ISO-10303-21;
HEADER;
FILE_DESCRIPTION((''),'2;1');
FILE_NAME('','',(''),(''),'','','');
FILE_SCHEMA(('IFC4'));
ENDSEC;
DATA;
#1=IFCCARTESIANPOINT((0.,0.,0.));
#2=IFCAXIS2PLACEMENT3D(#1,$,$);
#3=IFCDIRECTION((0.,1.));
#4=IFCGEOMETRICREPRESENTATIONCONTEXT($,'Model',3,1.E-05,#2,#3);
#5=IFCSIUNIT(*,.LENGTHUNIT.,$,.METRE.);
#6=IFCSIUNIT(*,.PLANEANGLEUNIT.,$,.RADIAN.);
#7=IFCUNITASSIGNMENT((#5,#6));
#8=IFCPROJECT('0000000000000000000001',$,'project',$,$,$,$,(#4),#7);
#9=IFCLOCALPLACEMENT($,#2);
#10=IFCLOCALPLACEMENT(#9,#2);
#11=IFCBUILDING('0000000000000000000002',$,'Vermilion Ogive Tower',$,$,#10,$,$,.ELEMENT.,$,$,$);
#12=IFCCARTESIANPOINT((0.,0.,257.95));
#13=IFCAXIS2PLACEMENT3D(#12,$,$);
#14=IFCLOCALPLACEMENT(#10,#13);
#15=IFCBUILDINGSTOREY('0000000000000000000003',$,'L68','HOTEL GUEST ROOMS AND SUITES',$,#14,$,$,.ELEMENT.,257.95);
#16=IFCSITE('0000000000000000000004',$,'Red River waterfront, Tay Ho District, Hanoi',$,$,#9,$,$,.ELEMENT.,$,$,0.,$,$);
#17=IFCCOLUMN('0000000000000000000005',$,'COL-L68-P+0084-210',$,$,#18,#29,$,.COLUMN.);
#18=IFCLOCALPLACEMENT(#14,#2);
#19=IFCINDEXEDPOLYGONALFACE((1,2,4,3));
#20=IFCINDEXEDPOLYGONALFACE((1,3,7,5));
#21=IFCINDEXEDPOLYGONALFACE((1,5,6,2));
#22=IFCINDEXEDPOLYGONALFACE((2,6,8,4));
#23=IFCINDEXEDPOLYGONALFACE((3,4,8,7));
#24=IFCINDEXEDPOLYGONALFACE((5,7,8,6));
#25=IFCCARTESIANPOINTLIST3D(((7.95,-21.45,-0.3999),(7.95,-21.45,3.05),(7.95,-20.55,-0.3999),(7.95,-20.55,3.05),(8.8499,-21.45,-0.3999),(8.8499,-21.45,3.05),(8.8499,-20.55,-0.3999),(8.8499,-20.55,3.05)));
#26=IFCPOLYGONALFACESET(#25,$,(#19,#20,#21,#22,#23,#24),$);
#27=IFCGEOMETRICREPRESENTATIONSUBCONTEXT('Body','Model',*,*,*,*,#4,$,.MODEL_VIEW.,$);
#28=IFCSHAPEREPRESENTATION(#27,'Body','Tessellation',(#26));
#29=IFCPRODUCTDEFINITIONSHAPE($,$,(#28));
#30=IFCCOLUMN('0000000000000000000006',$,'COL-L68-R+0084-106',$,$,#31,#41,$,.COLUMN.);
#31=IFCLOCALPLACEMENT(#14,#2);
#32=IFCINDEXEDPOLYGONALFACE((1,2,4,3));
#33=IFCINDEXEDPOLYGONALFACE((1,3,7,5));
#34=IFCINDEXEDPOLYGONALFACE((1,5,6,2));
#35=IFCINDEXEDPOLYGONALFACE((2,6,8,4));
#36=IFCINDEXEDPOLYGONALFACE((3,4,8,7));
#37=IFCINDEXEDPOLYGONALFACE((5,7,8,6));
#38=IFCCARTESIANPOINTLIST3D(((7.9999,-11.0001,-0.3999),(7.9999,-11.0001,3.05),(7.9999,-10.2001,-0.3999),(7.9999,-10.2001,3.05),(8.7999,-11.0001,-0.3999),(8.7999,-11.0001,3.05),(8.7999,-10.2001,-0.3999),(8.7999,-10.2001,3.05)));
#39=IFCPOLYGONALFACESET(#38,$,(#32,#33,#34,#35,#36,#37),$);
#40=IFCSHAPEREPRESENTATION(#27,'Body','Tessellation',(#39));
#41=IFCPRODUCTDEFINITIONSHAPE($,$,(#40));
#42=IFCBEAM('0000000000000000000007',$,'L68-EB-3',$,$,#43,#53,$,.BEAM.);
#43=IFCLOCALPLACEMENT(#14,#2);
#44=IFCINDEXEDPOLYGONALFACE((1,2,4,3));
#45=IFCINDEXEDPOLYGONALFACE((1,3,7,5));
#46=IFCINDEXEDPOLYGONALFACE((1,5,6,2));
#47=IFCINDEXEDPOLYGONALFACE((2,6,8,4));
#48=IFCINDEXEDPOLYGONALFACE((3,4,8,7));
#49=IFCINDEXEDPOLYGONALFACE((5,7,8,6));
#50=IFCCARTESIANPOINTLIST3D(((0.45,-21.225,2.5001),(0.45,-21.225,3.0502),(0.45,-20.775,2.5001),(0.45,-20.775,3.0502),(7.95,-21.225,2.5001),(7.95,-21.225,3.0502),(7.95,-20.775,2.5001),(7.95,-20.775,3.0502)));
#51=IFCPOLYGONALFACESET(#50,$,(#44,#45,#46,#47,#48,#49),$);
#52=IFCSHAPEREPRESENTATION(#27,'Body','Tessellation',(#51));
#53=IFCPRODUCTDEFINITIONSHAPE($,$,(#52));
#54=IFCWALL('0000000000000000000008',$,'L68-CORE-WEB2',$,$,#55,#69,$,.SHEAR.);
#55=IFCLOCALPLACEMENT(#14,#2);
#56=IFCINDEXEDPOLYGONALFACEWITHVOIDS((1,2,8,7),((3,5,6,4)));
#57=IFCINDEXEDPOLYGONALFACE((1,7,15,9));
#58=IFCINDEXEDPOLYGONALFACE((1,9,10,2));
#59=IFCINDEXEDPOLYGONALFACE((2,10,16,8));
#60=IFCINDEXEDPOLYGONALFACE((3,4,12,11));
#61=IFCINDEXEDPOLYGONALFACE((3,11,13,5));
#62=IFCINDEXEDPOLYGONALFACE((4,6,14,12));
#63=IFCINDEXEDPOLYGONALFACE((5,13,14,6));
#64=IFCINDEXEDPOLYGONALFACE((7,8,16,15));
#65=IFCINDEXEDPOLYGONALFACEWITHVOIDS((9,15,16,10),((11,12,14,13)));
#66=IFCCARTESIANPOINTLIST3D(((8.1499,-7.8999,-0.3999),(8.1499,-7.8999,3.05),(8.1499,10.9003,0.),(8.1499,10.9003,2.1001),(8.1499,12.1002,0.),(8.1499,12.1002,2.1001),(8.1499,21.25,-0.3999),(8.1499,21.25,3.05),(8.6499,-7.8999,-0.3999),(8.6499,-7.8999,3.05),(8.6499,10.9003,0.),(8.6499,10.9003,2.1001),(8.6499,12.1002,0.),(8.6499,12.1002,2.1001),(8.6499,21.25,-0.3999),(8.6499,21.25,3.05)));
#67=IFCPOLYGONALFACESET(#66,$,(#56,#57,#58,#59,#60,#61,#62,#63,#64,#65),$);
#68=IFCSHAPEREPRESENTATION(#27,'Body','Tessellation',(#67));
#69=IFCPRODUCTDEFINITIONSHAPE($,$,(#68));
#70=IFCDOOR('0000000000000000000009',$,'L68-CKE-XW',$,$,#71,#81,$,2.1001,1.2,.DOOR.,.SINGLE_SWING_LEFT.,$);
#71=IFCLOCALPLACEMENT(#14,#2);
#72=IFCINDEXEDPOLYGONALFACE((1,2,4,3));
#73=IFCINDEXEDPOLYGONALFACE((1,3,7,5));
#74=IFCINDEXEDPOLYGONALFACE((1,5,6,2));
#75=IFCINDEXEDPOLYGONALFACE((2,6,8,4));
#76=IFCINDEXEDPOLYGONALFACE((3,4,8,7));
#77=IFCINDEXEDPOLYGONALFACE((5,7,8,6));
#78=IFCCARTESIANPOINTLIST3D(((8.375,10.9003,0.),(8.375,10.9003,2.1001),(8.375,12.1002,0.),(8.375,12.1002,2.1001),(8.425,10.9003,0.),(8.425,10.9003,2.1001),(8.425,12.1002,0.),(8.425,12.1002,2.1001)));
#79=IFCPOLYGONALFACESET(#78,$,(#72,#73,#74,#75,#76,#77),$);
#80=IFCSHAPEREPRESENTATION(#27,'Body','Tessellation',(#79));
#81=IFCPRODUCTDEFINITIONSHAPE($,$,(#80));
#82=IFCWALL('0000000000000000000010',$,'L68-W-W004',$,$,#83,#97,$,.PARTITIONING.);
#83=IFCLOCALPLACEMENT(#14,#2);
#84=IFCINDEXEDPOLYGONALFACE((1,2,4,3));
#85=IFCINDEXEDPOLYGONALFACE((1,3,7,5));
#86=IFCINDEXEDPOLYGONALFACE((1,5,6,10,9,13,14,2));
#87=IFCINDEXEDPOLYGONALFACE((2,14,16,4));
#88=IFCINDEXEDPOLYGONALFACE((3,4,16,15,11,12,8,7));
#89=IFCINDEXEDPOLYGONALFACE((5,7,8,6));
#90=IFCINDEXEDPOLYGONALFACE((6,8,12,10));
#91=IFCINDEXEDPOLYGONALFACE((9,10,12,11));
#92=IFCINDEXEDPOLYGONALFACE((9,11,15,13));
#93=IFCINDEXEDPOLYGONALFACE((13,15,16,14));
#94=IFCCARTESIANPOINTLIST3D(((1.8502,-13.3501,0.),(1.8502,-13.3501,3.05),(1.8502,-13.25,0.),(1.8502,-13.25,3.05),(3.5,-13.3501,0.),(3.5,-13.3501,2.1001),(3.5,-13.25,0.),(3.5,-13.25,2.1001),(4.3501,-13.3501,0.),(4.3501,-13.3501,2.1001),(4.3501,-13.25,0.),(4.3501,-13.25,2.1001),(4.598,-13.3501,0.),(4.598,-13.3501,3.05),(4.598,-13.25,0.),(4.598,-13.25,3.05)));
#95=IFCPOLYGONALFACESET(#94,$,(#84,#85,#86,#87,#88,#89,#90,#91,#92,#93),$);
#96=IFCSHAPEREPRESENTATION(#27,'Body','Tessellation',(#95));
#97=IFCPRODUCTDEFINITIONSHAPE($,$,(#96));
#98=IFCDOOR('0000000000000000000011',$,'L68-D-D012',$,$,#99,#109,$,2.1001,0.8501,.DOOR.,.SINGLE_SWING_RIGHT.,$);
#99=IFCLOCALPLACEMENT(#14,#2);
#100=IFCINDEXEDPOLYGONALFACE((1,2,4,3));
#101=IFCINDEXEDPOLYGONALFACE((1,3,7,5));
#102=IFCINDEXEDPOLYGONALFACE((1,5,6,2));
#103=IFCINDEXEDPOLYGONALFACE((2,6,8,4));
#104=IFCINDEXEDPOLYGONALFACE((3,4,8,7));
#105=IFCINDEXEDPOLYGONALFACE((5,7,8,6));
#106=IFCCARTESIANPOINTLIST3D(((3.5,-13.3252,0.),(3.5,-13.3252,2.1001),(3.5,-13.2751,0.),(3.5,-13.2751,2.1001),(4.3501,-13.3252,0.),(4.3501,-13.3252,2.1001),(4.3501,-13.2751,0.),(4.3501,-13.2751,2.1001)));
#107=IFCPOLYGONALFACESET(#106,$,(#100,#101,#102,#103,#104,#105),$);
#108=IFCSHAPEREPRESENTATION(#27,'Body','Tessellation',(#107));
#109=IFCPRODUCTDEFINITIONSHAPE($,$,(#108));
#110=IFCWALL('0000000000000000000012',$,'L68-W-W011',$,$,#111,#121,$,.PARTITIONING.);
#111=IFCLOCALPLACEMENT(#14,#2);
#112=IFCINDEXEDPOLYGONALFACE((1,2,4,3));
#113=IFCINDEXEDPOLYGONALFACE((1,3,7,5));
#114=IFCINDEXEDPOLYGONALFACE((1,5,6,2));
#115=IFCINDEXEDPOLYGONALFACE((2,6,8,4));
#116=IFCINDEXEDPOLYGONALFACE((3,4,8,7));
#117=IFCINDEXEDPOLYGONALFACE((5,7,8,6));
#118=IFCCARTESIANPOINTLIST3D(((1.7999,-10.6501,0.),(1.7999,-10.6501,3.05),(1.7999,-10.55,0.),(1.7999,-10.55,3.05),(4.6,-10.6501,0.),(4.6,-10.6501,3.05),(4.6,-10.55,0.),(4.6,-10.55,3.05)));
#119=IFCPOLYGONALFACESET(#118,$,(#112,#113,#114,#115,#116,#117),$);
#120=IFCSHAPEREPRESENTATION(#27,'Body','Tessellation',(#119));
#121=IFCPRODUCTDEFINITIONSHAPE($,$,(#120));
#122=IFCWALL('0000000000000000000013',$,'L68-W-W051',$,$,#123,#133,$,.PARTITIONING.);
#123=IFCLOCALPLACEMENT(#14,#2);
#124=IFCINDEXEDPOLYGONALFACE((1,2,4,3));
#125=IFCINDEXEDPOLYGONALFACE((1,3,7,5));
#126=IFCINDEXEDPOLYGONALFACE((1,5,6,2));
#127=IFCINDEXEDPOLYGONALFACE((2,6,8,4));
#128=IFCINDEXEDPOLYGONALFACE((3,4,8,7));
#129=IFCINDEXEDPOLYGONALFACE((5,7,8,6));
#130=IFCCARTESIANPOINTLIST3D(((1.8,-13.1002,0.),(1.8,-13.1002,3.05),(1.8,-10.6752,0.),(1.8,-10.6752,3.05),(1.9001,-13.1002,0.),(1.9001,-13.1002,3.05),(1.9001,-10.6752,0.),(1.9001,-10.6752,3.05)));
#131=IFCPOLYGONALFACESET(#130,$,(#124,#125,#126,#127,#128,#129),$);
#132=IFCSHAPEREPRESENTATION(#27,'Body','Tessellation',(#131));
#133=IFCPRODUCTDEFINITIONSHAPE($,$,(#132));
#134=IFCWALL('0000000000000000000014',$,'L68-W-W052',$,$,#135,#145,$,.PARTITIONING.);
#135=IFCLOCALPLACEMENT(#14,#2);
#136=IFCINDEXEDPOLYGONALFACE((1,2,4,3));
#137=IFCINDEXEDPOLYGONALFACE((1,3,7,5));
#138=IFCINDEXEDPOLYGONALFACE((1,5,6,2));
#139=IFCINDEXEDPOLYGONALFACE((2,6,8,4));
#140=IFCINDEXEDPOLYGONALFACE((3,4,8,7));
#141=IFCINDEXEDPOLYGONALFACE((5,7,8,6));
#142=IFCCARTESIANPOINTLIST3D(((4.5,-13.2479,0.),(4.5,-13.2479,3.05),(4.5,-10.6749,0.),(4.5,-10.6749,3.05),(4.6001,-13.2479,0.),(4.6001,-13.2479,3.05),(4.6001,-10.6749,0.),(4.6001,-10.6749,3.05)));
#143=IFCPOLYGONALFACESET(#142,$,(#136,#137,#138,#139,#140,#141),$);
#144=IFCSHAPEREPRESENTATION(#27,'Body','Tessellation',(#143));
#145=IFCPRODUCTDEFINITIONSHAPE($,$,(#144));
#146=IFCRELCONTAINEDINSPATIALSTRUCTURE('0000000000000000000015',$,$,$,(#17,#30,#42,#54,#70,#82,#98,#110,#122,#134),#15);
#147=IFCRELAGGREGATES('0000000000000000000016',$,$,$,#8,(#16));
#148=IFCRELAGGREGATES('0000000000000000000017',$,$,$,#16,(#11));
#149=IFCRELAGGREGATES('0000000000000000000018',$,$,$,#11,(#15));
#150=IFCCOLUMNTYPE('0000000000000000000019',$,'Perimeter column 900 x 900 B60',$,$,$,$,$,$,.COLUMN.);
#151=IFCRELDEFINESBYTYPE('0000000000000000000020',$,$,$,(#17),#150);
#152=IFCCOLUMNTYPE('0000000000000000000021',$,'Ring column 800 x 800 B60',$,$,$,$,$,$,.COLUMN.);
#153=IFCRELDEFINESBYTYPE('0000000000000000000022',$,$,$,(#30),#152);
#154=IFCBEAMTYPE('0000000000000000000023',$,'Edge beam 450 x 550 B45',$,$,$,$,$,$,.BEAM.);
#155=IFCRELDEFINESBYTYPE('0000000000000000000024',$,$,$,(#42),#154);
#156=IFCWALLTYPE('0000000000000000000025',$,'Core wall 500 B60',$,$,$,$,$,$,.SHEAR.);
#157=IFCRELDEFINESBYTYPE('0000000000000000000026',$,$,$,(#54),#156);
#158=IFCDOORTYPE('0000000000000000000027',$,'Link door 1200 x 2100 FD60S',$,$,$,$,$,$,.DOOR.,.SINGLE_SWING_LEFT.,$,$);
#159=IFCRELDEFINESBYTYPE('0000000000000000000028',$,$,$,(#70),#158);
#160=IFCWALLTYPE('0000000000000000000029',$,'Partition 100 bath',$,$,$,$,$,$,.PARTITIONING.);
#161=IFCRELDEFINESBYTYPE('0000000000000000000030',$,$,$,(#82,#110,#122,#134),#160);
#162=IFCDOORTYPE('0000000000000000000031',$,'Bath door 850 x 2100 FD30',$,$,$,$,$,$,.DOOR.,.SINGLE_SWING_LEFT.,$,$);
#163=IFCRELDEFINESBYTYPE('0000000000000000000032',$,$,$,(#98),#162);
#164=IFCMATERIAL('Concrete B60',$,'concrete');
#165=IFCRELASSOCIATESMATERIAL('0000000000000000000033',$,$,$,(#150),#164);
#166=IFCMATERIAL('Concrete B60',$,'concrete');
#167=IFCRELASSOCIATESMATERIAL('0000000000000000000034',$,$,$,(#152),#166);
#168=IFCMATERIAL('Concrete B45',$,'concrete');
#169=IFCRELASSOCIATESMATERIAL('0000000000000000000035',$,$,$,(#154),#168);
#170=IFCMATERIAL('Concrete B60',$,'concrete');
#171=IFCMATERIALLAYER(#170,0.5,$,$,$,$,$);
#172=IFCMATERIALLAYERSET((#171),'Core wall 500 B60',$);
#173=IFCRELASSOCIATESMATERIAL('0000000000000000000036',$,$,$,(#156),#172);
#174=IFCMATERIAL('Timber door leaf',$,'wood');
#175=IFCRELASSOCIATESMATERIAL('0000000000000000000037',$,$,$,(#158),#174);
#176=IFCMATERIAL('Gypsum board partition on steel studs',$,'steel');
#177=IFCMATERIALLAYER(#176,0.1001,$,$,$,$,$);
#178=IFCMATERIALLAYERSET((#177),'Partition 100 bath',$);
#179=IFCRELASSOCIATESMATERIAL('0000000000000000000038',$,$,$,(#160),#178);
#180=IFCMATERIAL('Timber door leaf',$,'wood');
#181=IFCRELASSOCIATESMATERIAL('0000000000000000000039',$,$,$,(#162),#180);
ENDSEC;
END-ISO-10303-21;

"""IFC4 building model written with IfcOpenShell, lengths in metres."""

from ifc_helpers import new_model, si_unit, direction, frame, frame_2d, origin, origin_2d, place, context, subcontext, project, spatial, rectangle, extrude, material, layer, layer_set, material_profile, profile_set, type_object, element, fill, save


model = new_model("IFC4")

# Units and contexts
model_context = context("Model", 3, precision=1e-05, world=origin(), true_north=direction((0.0, 1.0)))
body_context = subcontext(model_context, "Body", "Model", "MODEL_VIEW")
ifc_project = project(units=[si_unit("LENGTHUNIT", "METRE"), si_unit("PLANEANGLEUNIT", "RADIAN")], contexts=[model_context])

# Site, building, storey
site_placement = place(None, origin())
site = spatial("IfcSite", under=ifc_project, at=site_placement, Name="Red River waterfront, Tay Ho District, Hanoi", CompositionType="ELEMENT", RefElevation=0.0)
building_placement = place(site_placement, origin())
building = spatial("IfcBuilding", under=site, at=building_placement, Name="Vermilion Ogive Tower", CompositionType="ELEMENT")
storey_placement = place(building_placement, frame((0.0, 0.0, 257.95)))
storey = spatial("IfcBuildingStorey", under=building, at=storey_placement, Name="L68", Description="HOTEL GUEST ROOMS AND SUITES", CompositionType="ELEMENT", Elevation=257.95)

# Columns
ifc_material_1 = material(Name="Concrete B60", Category="concrete")
ifc_material_profile_1 = material_profile(ifc_material_1, rectangle(XDim=0.8999, YDim=0.8999, at=origin_2d()), Name="900 x 900")
ifc_profile_set_1 = profile_set([ifc_material_profile_1], Name="Concrete B60")
column_type_1 = type_object("IfcColumnType", Name="Perimeter column 900 x 900 B60", PredefinedType="COLUMN", material=ifc_profile_set_1)
column_1_placement = place(storey_placement, frame((8.3999, -21.0, -0.3999), z_axis=(0.0, 0.0, 1.0), x_axis=(1.0, 0.0, 0.0)))
element("IfcColumn", 1, at=column_1_placement, inside=storey, type_object=column_type_1, Name="COL-L68-P+0084-210", PredefinedType="COLUMN", context=body_context, shape_type="SweptSolid", body=[
    extrude(rectangle(XDim=0.8999, YDim=0.8999, at=origin_2d()), origin(), (0.0, 0.0, 1.0), 3.45),
])
ifc_material_2 = material(Name="Concrete B60", Category="concrete")
ifc_material_profile_2 = material_profile(ifc_material_2, rectangle(XDim=0.8, YDim=0.8, at=origin_2d()), Name="800 x 800")
ifc_profile_set_2 = profile_set([ifc_material_profile_2], Name="Concrete B60")
column_type_2 = type_object("IfcColumnType", Name="Ring column 800 x 800 B60", PredefinedType="COLUMN", material=ifc_profile_set_2)
column_2_placement = place(storey_placement, frame((8.3999, -10.6001, -0.3999), z_axis=(0.0, 0.0, 1.0), x_axis=(1.0, 0.0, 0.0)))
element("IfcColumn", 2, at=column_2_placement, inside=storey, type_object=column_type_2, Name="COL-L68-R+0084-106", PredefinedType="COLUMN", context=body_context, shape_type="SweptSolid", body=[
    extrude(rectangle(XDim=0.8, YDim=0.8, at=origin_2d()), origin(), (0.0, 0.0, 1.0), 3.45),
])

# Beam
ifc_material_3 = material(Name="Concrete B45", Category="concrete")
ifc_material_profile_3 = material_profile(ifc_material_3, rectangle(XDim=0.45, YDim=0.55, at=origin_2d()), Name="450 x 550")
ifc_profile_set_3 = profile_set([ifc_material_profile_3], Name="Concrete B45")
beam_type = type_object("IfcBeamType", Name="Edge beam 450 x 550 B45", PredefinedType="BEAM", material=ifc_profile_set_3)
beam_placement = place(storey_placement, frame((0.45, -21.0, 2.7751), z_axis=(1.0, 0.0, 0.0), x_axis=(0.0, 1.0, 0.0)))
element("IfcBeam", 3, at=beam_placement, inside=storey, type_object=beam_type, Name="L68-EB-3", PredefinedType="BEAM", context=body_context, shape_type="SweptSolid", body=[
    extrude(rectangle(XDim=0.45, YDim=0.55, at=origin_2d()), origin(), (0.0, 0.0, 1.0), 7.5),
])

# Walls, openings, doors
ifc_material_4 = material(Name="Concrete B60", Category="concrete")
ifc_layer_1 = layer(ifc_material_4, 0.5)
ifc_layer_set_1 = layer_set([ifc_layer_1], Name="Core wall 500 B60")
wall_type_1 = type_object("IfcWallType", Name="Core wall 500 B60", PredefinedType="SHEAR", material=ifc_layer_set_1)
wall_1_placement = place(storey_placement, frame((8.3999, -7.8999, -0.3999), z_axis=(0.0, 0.0, 1.0), x_axis=(0.0, 1.0, 0.0)))
wall_1 = element("IfcWall", 4, at=wall_1_placement, inside=storey, type_object=wall_type_1, Name="L68-CORE-WEB2", PredefinedType="SHEAR", context=body_context, shape_type="SweptSolid", body=[
    extrude(rectangle(XDim=29.1499, YDim=0.5, at=frame_2d((14.575, 0.0))), origin(), (0.0, 0.0, 1.0), 3.45),
])
opening_1_placement = place(wall_1_placement, frame((18.8, 0.0, 0.3999)))
opening_1 = element("IfcOpeningElement", 5, at=opening_1_placement, cuts=wall_1, PredefinedType="OPENING", context=body_context, shape_type="SweptSolid", body=[
    extrude(rectangle(XDim=1.2, YDim=2.1001, at=frame_2d((0.6001, 1.05))), frame((0.0, 0.26, 0.0), z_axis=(0.0, -1.0, 0.0), x_axis=(1.0, 0.0, 0.0)), (0.0, 0.0, 1.0), 0.52),
])
ifc_material_5 = material(Name="Timber door leaf", Category="wood")
door_type_1 = type_object("IfcDoorType", Name="Link door 1200 x 2100 FD60S", OperationType="SINGLE_SWING_LEFT", PredefinedType="DOOR", material=ifc_material_5)
door_1_placement = place(opening_1_placement, origin())
door_1 = element("IfcDoor", 6, at=door_1_placement, inside=storey, type_object=door_type_1, Name="L68-CKE-XW", OperationType="SINGLE_SWING_LEFT", OverallHeight=2.1001, OverallWidth=1.2, PredefinedType="DOOR", context=body_context, shape_type="SweptSolid", body=[
    extrude(rectangle(XDim=1.2, YDim=2.1001, at=frame_2d((0.6001, 1.05))), frame((0.0, 0.0249, 0.0), z_axis=(0.0, -1.0, 0.0), x_axis=(1.0, 0.0, 0.0)), (0.0, 0.0, 1.0), 0.05),
])
fill(opening_1, door_1)
ifc_material_6 = material(Name="Gypsum board partition on steel studs", Category="steel")
ifc_layer_2 = layer(ifc_material_6, 0.1001)
ifc_layer_set_2 = layer_set([ifc_layer_2], Name="Partition 100 bath")
wall_type_2 = type_object("IfcWallType", Name="Partition 100 bath", PredefinedType="PARTITIONING", material=ifc_layer_set_2)
wall_2_placement = place(storey_placement, frame((1.8501, -13.3, 0.0), z_axis=(0.0, 0.0, 1.0), x_axis=(1.0, 0.0, 0.0)))
wall_2 = element("IfcWall", 7, at=wall_2_placement, inside=storey, type_object=wall_type_2, Name="L68-W-W004", PredefinedType="PARTITIONING", context=body_context, shape_type="SweptSolid", body=[
    extrude(rectangle(XDim=2.7478, YDim=0.1001, at=frame_2d((1.374, 0.0))), origin(), (0.0, 0.0, 1.0), 3.05),
])
opening_2_placement = place(wall_2_placement, frame((1.6499, 0.0, 0.0)))
opening_2 = element("IfcOpeningElement", 8, at=opening_2_placement, cuts=wall_2, PredefinedType="OPENING", context=body_context, shape_type="SweptSolid", body=[
    extrude(rectangle(XDim=0.8501, YDim=2.1001, at=frame_2d((0.425, 1.05))), frame((0.0, 0.0601, 0.0), z_axis=(0.0, -1.0, 0.0), x_axis=(1.0, 0.0, 0.0)), (0.0, 0.0, 1.0), 0.1201),
])
ifc_material_7 = material(Name="Timber door leaf", Category="wood")
door_type_2 = type_object("IfcDoorType", Name="Bath door 850 x 2100 FD30", OperationType="SINGLE_SWING_LEFT", PredefinedType="DOOR", material=ifc_material_7)
door_2_placement = place(opening_2_placement, origin())
door_2 = element("IfcDoor", 9, at=door_2_placement, inside=storey, type_object=door_type_2, Name="L68-D-D012", OperationType="SINGLE_SWING_RIGHT", OverallHeight=2.1001, OverallWidth=0.8501, PredefinedType="DOOR", context=body_context, shape_type="SweptSolid", body=[
    extrude(rectangle(XDim=0.8501, YDim=2.1001, at=frame_2d((0.425, 1.05))), frame((0.0, 0.0249, 0.0), z_axis=(0.0, -1.0, 0.0), x_axis=(1.0, 0.0, 0.0)), (0.0, 0.0, 1.0), 0.05),
])
fill(opening_2, door_2)

# Walls
wall_3_placement = place(storey_placement, frame((1.8, -10.6001, 0.0), z_axis=(0.0, 0.0, 1.0), x_axis=(1.0, 0.0, 0.0)))
element("IfcWall", 10, at=wall_3_placement, inside=storey, type_object=wall_type_2, Name="L68-W-W011", PredefinedType="PARTITIONING", context=body_context, shape_type="SweptSolid", body=[
    extrude(rectangle(XDim=2.8, YDim=0.1001, at=frame_2d((1.3999, 0.0))), origin(), (0.0, 0.0, 1.0), 3.05),
])
wall_4_placement = place(storey_placement, frame((1.8501, -13.1001, 0.0), z_axis=(0.0, 0.0, 1.0), x_axis=(0.0, 1.0, 0.0)))
element("IfcWall", 11, at=wall_4_placement, inside=storey, type_object=wall_type_2, Name="L68-W-W051", PredefinedType="PARTITIONING", context=body_context, shape_type="SweptSolid", body=[
    extrude(rectangle(XDim=2.425, YDim=0.1001, at=frame_2d((1.2124, 0.0))), origin(), (0.0, 0.0, 1.0), 3.05),
])
wall_5_placement = place(storey_placement, frame((4.55, -13.248, 0.0), z_axis=(0.0, 0.0, 1.0), x_axis=(0.0, 1.0, 0.0)))
element("IfcWall", 12, at=wall_5_placement, inside=storey, type_object=wall_type_2, Name="L68-W-W052", PredefinedType="PARTITIONING", context=body_context, shape_type="SweptSolid", body=[
    extrude(rectangle(XDim=2.573, YDim=0.1001, at=frame_2d((1.2866, 0.0))), origin(), (0.0, 0.0, 1.0), 3.05),
])

save(model, "model.ifc")
